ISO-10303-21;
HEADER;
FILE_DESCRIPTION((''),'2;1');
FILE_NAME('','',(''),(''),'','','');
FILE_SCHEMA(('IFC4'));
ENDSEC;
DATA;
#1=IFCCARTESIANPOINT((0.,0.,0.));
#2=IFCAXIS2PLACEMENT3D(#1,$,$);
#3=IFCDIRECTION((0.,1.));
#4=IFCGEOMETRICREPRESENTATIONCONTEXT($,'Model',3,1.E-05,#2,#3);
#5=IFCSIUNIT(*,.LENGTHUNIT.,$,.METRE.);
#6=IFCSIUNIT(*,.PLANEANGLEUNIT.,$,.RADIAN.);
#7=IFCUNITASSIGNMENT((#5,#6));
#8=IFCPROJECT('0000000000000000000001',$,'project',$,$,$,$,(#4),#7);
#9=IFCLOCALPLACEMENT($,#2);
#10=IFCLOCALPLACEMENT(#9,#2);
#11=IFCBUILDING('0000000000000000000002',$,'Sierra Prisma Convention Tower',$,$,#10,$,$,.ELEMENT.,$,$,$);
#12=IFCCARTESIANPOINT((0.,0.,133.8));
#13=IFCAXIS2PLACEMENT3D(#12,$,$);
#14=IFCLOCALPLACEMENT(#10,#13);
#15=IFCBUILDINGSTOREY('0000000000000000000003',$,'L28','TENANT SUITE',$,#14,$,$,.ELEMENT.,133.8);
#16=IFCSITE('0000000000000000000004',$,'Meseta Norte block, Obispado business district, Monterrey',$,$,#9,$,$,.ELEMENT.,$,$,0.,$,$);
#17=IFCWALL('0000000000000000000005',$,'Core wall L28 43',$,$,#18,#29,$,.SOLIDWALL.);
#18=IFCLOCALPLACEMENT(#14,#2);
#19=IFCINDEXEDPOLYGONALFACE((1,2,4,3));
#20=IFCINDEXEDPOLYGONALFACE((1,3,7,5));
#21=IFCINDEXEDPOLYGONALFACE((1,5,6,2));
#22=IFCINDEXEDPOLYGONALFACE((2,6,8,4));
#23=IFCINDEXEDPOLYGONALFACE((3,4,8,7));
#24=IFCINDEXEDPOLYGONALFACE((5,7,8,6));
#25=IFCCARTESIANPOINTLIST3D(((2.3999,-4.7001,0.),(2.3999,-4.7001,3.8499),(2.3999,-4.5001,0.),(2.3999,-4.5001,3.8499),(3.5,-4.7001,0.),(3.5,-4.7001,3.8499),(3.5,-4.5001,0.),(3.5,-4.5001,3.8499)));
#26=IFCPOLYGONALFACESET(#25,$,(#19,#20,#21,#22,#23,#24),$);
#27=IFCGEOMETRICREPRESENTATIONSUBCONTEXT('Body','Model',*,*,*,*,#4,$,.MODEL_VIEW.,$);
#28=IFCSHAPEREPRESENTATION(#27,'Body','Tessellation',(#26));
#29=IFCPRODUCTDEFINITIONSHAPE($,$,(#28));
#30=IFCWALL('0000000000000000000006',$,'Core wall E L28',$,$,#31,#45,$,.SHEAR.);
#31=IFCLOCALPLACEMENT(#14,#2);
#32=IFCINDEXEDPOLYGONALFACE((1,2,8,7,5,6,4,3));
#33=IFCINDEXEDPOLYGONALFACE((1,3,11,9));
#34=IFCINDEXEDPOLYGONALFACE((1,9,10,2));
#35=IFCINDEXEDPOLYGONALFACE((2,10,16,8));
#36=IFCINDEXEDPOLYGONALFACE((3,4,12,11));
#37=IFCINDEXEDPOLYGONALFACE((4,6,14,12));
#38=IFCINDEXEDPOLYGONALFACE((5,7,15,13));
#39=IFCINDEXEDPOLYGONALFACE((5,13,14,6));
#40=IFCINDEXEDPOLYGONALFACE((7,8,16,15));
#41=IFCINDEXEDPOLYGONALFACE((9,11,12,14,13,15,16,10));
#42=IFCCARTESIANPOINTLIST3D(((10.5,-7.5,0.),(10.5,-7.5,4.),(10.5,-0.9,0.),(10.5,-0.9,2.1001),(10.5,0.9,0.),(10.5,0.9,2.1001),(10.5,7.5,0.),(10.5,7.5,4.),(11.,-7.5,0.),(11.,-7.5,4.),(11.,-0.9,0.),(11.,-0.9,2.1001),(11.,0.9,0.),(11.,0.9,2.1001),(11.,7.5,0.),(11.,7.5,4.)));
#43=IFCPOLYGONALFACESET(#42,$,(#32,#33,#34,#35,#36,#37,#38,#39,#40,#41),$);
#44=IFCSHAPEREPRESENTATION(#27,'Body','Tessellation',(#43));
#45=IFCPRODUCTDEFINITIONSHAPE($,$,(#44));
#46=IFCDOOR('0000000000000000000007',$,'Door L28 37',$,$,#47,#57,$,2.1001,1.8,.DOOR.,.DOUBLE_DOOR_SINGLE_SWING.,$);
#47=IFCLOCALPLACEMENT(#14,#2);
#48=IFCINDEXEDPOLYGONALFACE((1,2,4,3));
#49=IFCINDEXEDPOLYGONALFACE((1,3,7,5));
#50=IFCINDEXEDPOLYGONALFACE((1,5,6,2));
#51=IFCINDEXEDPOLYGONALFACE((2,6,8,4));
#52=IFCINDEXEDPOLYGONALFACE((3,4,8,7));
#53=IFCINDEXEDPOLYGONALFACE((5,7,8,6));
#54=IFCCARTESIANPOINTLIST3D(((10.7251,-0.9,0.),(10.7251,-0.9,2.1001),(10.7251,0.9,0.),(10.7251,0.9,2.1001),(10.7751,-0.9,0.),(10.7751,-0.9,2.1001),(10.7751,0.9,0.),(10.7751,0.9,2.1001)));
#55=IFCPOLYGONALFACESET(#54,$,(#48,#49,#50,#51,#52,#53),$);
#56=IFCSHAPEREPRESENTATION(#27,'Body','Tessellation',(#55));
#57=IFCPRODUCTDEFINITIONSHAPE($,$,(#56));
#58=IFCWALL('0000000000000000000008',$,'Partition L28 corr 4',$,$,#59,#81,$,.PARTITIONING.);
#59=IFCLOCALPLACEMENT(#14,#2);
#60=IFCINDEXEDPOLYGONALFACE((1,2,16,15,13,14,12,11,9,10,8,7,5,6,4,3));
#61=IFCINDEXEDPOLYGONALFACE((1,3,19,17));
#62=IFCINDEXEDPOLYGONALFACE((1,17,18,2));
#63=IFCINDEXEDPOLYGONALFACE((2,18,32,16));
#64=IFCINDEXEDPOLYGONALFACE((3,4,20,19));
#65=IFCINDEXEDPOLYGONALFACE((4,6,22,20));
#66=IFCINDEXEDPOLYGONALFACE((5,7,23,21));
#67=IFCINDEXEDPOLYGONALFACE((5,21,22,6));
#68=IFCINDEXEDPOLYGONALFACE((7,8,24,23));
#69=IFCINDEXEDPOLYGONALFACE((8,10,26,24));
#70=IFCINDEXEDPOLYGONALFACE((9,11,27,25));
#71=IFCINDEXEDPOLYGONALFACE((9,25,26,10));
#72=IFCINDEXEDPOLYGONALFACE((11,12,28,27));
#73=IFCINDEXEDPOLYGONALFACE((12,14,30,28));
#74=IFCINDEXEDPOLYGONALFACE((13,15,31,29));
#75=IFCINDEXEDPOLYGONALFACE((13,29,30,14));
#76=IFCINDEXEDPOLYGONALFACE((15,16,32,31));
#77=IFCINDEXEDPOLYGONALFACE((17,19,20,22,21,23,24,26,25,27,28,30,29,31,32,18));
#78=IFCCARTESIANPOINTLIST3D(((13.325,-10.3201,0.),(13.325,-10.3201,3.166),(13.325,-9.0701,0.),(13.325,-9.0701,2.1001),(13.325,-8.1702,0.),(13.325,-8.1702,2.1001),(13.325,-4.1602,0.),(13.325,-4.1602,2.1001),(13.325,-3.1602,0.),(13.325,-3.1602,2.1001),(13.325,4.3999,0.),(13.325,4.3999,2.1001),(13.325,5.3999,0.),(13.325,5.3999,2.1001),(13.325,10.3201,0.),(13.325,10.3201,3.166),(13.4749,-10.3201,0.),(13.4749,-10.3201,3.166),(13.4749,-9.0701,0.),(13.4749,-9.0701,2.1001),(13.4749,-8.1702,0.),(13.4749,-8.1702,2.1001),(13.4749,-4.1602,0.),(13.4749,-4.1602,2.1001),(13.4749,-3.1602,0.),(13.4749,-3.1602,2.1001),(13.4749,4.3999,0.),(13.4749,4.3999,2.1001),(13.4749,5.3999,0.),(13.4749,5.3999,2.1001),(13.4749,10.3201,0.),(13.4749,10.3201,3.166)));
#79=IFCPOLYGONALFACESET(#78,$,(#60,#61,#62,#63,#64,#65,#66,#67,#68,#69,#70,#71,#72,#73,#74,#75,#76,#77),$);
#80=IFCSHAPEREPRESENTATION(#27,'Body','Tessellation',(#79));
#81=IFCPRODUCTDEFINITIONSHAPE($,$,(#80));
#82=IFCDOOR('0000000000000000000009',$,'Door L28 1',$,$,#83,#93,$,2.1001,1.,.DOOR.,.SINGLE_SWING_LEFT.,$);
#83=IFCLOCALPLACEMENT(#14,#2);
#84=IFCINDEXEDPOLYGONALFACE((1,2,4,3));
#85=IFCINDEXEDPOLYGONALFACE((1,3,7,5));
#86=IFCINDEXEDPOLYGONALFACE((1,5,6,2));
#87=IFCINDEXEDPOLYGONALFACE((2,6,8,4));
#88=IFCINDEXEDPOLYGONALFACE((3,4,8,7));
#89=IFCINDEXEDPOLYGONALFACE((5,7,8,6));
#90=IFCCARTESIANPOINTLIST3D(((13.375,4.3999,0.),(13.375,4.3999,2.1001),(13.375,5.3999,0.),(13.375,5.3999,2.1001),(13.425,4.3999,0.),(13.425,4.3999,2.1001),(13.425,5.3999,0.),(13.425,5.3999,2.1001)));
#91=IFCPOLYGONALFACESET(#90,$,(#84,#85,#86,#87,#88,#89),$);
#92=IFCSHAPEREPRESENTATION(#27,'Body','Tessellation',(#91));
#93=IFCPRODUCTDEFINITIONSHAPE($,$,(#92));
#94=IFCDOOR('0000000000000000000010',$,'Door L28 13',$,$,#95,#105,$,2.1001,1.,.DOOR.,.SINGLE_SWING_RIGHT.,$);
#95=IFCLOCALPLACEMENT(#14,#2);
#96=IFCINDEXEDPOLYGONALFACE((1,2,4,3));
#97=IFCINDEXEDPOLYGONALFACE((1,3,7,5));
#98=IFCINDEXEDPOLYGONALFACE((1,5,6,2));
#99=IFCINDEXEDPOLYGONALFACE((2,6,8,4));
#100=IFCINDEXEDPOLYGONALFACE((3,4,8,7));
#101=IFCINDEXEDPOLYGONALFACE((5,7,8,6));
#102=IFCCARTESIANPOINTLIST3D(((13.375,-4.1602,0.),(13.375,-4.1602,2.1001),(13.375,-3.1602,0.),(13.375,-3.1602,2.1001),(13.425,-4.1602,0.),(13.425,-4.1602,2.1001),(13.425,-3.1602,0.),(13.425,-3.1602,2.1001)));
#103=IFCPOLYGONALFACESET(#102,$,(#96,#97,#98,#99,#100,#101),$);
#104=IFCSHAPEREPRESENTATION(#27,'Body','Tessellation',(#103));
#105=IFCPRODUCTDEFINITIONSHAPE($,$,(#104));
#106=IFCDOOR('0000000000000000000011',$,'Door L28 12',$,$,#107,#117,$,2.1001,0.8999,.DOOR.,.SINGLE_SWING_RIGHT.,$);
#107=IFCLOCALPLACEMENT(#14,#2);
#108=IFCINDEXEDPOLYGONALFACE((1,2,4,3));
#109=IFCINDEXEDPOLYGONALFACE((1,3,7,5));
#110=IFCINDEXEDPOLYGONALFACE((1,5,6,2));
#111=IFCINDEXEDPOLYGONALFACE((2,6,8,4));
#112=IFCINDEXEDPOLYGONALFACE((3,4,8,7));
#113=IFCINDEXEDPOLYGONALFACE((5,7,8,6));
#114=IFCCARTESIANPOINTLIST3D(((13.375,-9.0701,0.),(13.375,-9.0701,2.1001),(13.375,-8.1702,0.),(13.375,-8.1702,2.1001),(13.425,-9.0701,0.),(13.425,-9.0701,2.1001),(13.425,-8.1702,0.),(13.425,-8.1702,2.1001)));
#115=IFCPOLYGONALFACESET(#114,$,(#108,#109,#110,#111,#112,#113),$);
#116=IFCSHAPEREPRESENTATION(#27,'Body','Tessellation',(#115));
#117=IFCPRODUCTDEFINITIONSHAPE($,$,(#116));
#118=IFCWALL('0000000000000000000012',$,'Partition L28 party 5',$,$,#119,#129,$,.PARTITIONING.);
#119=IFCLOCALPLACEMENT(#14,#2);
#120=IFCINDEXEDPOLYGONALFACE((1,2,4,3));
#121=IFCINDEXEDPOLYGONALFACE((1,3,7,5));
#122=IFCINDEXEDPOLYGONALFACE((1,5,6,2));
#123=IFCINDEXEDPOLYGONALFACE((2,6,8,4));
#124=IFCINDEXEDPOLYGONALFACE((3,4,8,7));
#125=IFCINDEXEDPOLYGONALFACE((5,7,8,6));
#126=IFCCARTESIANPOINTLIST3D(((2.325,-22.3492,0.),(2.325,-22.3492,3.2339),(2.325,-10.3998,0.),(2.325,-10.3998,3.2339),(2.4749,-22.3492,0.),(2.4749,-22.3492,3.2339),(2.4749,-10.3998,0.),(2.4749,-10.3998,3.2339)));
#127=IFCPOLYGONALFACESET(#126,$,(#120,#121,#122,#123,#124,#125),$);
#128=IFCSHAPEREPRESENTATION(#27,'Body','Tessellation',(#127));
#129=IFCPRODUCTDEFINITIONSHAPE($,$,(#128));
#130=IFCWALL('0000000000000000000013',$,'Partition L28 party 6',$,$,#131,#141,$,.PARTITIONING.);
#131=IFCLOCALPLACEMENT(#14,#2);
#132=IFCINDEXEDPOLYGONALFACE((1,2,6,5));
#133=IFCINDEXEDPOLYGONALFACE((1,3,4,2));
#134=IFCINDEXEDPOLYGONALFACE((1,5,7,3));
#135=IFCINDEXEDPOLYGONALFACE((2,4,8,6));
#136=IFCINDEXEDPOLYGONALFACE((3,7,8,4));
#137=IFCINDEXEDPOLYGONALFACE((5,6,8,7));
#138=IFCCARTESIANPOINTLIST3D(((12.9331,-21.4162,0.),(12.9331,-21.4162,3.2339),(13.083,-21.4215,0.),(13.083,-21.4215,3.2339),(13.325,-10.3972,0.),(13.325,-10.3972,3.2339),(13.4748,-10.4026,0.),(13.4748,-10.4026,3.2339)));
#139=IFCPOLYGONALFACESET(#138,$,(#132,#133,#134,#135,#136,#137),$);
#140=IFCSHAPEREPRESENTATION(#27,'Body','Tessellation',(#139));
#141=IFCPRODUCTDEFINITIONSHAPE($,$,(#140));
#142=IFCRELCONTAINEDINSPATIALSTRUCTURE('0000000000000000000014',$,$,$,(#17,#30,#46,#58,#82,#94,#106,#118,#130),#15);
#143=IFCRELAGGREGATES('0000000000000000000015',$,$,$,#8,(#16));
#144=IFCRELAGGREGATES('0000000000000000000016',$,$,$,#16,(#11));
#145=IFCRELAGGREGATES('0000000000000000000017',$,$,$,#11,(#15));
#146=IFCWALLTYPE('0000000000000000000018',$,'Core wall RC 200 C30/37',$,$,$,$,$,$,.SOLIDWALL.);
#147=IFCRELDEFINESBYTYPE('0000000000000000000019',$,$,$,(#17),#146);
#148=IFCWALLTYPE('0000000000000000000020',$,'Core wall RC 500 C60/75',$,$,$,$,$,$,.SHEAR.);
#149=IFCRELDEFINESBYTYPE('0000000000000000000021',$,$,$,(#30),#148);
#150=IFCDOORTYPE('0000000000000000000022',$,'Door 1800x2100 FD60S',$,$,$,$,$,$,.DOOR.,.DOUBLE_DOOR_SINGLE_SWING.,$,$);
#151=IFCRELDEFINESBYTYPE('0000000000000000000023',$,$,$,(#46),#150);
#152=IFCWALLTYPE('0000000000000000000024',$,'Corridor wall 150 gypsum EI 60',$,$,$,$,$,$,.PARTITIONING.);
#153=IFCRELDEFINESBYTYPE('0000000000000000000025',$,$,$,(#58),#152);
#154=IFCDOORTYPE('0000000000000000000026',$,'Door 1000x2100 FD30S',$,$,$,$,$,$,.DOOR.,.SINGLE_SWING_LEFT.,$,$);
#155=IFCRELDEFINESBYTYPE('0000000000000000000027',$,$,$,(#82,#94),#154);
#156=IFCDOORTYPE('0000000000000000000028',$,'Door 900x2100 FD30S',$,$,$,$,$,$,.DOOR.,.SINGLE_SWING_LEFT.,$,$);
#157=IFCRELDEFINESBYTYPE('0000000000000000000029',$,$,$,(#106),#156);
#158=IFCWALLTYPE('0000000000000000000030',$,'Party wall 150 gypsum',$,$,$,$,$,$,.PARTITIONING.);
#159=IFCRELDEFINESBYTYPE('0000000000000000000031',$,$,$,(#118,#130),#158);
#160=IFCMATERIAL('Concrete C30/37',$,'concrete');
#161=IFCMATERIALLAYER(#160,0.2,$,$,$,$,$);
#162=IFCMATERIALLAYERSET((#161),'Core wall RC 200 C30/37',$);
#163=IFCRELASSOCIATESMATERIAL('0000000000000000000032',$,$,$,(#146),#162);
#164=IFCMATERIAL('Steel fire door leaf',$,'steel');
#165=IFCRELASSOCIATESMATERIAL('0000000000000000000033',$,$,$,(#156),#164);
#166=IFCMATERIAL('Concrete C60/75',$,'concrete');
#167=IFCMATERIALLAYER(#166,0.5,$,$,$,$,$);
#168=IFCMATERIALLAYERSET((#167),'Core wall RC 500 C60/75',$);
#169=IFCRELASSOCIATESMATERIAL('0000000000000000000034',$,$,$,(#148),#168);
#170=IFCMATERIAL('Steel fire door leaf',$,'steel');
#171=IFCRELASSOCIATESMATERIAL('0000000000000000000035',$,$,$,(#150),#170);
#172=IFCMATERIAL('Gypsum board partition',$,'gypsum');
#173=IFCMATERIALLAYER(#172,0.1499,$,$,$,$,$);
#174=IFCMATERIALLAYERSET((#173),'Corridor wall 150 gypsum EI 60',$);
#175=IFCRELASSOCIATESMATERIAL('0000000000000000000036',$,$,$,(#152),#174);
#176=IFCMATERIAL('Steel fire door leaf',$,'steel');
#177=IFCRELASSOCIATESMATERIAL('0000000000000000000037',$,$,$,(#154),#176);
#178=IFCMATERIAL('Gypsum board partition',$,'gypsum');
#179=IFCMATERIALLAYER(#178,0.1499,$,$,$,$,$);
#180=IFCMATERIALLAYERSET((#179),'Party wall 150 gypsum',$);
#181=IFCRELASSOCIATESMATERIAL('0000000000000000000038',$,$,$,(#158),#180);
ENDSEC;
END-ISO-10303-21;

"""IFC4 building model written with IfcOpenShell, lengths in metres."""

from ifc_helpers import new_model, si_unit, direction, frame, frame_2d, origin, place, context, subcontext, project, spatial, rectangle, extrude, material, layer, layer_set, type_object, element, fill, save


model = new_model("IFC4")

# Units and contexts
model_context = context("Model", 3, precision=1e-05, world=origin(), true_north=direction((0.0, 1.0)))
body_context = subcontext(model_context, "Body", "Model", "MODEL_VIEW")
ifc_project = project(units=[si_unit("LENGTHUNIT", "METRE"), si_unit("PLANEANGLEUNIT", "RADIAN")], contexts=[model_context])

# Site, building, storey
site_placement = place(None, origin())
site = spatial("IfcSite", under=ifc_project, at=site_placement, Name="Meseta Norte block, Obispado business district, Monterrey", CompositionType="ELEMENT", RefElevation=0.0)
building_placement = place(site_placement, origin())
building = spatial("IfcBuilding", under=site, at=building_placement, Name="Sierra Prisma Convention Tower", CompositionType="ELEMENT")
storey_placement = place(building_placement, frame((0.0, 0.0, 133.8)))
storey = spatial("IfcBuildingStorey", under=building, at=storey_placement, Name="L28", Description="TENANT SUITE", CompositionType="ELEMENT", Elevation=133.8)

# Shared definitions
ifc_material_1 = material(Name="Concrete C30/37", Category="concrete")
ifc_layer_1 = layer(ifc_material_1, 0.2)
ifc_layer_set_1 = layer_set([ifc_layer_1], Name="Core wall RC 200 C30/37")
wall_type_1 = type_object("IfcWallType", Name="Core wall RC 200 C30/37", PredefinedType="SOLIDWALL", material=ifc_layer_set_1)

# Shared definitions
ifc_material_2 = material(Name="Steel fire door leaf", Category="steel")
door_type_1 = type_object("IfcDoorType", Name="Door 900x2100 FD30S", OperationType="SINGLE_SWING_LEFT", PredefinedType="DOOR", material=ifc_material_2)

# Wall
wall_1_placement = place(storey_placement, frame((3.5, -4.6001, 0.0), z_axis=(0.0, 0.0, 1.0), x_axis=(-1.0, 0.0, 0.0)))
element("IfcWall", 1, at=wall_1_placement, inside=storey, type_object=wall_type_1, Name="Core wall L28 43", PredefinedType="SOLIDWALL", context=body_context, shape_type="SweptSolid", body=[
    extrude(rectangle(XDim=1.1001, YDim=0.2, at=frame_2d((0.55, 0.0))), origin(), (0.0, 0.0, 1.0), 3.8499),
])

# Wall, opening, door
ifc_material_3 = material(Name="Concrete C60/75", Category="concrete")
ifc_layer_2 = layer(ifc_material_3, 0.5)
ifc_layer_set_2 = layer_set([ifc_layer_2], Name="Core wall RC 500 C60/75")
wall_type_2 = type_object("IfcWallType", Name="Core wall RC 500 C60/75", PredefinedType="SHEAR", material=ifc_layer_set_2)
wall_2_placement = place(storey_placement, frame((10.75, -7.5, 0.0), z_axis=(0.0, 0.0, 1.0), x_axis=(0.0, 1.0, 0.0)))
wall_2 = element("IfcWall", 2, at=wall_2_placement, inside=storey, type_object=wall_type_2, Name="Core wall E L28", PredefinedType="SHEAR", context=body_context, shape_type="SweptSolid", body=[
    extrude(rectangle(XDim=15.0, YDim=0.5, at=frame_2d((7.5, 0.0))), origin(), (0.0, 0.0, 1.0), 4.0),
])
opening_1_placement = place(wall_2_placement, frame((6.6001, 0.0, 0.0)))
opening_1 = element("IfcOpeningElement", 3, at=opening_1_placement, cuts=wall_2, PredefinedType="OPENING", context=body_context, shape_type="SweptSolid", body=[
    extrude(rectangle(XDim=1.8, YDim=2.1001, at=frame_2d((0.8999, 1.05))), frame((0.0, 0.25, 0.0), z_axis=(0.0, -1.0, 0.0), x_axis=(1.0, 0.0, 0.0)), (0.0, 0.0, 1.0), 0.5),
])
ifc_material_4 = material(Name="Steel fire door leaf", Category="steel")
door_type_2 = type_object("IfcDoorType", Name="Door 1800x2100 FD60S", OperationType="DOUBLE_DOOR_SINGLE_SWING", PredefinedType="DOOR", material=ifc_material_4)
door_1_placement = place(opening_1_placement, origin())
door_1 = element("IfcDoor", 4, at=door_1_placement, inside=storey, type_object=door_type_2, Name="Door L28 37", OperationType="DOUBLE_DOOR_SINGLE_SWING", OverallHeight=2.1001, OverallWidth=1.8, PredefinedType="DOOR", context=body_context, shape_type="SweptSolid", body=[
    extrude(rectangle(XDim=1.8, YDim=2.1001, at=frame_2d((0.8999, 1.05))), frame((0.0, 0.0249, 0.0), z_axis=(0.0, -1.0, 0.0), x_axis=(1.0, 0.0, 0.0)), (0.0, 0.0, 1.0), 0.05),
])
fill(opening_1, door_1)

# Wall, openings, doors
ifc_material_5 = material(Name="Gypsum board partition", Category="gypsum")
ifc_layer_3 = layer(ifc_material_5, 0.1499)
ifc_layer_set_3 = layer_set([ifc_layer_3], Name="Corridor wall 150 gypsum EI 60")
wall_type_3 = type_object("IfcWallType", Name="Corridor wall 150 gypsum EI 60", PredefinedType="PARTITIONING", material=ifc_layer_set_3)
wall_3_placement = place(storey_placement, frame((13.3999, -10.3201, 0.0), z_axis=(0.0, 0.0, 1.0), x_axis=(0.0, 1.0, 0.0)))
wall_3 = element("IfcWall", 5, at=wall_3_placement, inside=storey, type_object=wall_type_3, Name="Partition L28 corr 4", PredefinedType="PARTITIONING", context=body_context, shape_type="SweptSolid", body=[
    extrude(rectangle(XDim=20.6401, YDim=0.1499, at=frame_2d((10.3201, 0.0))), origin(), (0.0, 0.0, 1.0), 3.166),
])
opening_2_placement = place(wall_3_placement, frame((14.72, 0.0, 0.0)))
opening_2 = element("IfcOpeningElement", 6, at=opening_2_placement, cuts=wall_3, PredefinedType="OPENING", context=body_context, shape_type="SweptSolid", body=[
    extrude(rectangle(XDim=1.0, YDim=2.1001, at=frame_2d((0.5, 1.05))), frame((0.0, 0.075, 0.0), z_axis=(0.0, -1.0, 0.0), x_axis=(1.0, 0.0, 0.0)), (0.0, 0.0, 1.0), 0.1499),
])
opening_3_placement = place(wall_3_placement, frame((1.25, 0.0, 0.0)))
opening_3 = element("IfcOpeningElement", 7, at=opening_3_placement, cuts=wall_3, PredefinedType="OPENING", context=body_context, shape_type="SweptSolid", body=[
    extrude(rectangle(XDim=0.8999, YDim=2.1001, at=frame_2d((0.45, 1.05))), frame((0.0, 0.075, 0.0), z_axis=(0.0, -1.0, 0.0), x_axis=(1.0, 0.0, 0.0)), (0.0, 0.0, 1.0), 0.1499),
])
opening_4_placement = place(wall_3_placement, frame((6.1599, 0.0, 0.0)))
opening_4 = element("IfcOpeningElement", 8, at=opening_4_placement, cuts=wall_3, PredefinedType="OPENING", context=body_context, shape_type="SweptSolid", body=[
    extrude(rectangle(XDim=1.0, YDim=2.1001, at=frame_2d((0.5, 1.05))), frame((0.0, 0.075, 0.0), z_axis=(0.0, -1.0, 0.0), x_axis=(1.0, 0.0, 0.0)), (0.0, 0.0, 1.0), 0.1499),
])
ifc_material_6 = material(Name="Steel fire door leaf", Category="steel")
door_type_3 = type_object("IfcDoorType", Name="Door 1000x2100 FD30S", OperationType="SINGLE_SWING_LEFT", PredefinedType="DOOR", material=ifc_material_6)
door_2_placement = place(opening_2_placement, origin())
door_2 = element("IfcDoor", 9, at=door_2_placement, inside=storey, type_object=door_type_3, Name="Door L28 1", OperationType="SINGLE_SWING_LEFT", OverallHeight=2.1001, OverallWidth=1.0, PredefinedType="DOOR", context=body_context, shape_type="SweptSolid", body=[
    extrude(rectangle(XDim=1.0, YDim=2.1001, at=frame_2d((0.5, 1.05))), frame((0.0, 0.0249, 0.0), z_axis=(0.0, -1.0, 0.0), x_axis=(1.0, 0.0, 0.0)), (0.0, 0.0, 1.0), 0.05),
])
fill(opening_2, door_2)
door_3_placement = place(opening_4_placement, origin())
door_3 = element("IfcDoor", 10, at=door_3_placement, inside=storey, type_object=door_type_3, Name="Door L28 13", OperationType="SINGLE_SWING_RIGHT", OverallHeight=2.1001, OverallWidth=1.0, PredefinedType="DOOR", context=body_context, shape_type="SweptSolid", body=[
    extrude(rectangle(XDim=1.0, YDim=2.1001, at=frame_2d((0.5, 1.05))), frame((0.0, 0.0249, 0.0), z_axis=(0.0, -1.0, 0.0), x_axis=(1.0, 0.0, 0.0)), (0.0, 0.0, 1.0), 0.05),
])
fill(opening_4, door_3)
door_4_placement = place(opening_3_placement, origin())
door_4 = element("IfcDoor", 11, at=door_4_placement, inside=storey, type_object=door_type_1, Name="Door L28 12", OperationType="SINGLE_SWING_RIGHT", OverallHeight=2.1001, OverallWidth=0.8999, PredefinedType="DOOR", context=body_context, shape_type="SweptSolid", body=[
    extrude(rectangle(XDim=0.8999, YDim=2.1001, at=frame_2d((0.45, 1.05))), frame((0.0, 0.0249, 0.0), z_axis=(0.0, -1.0, 0.0), x_axis=(1.0, 0.0, 0.0)), (0.0, 0.0, 1.0), 0.05),
])
fill(opening_3, door_4)

# Walls
ifc_material_7 = material(Name="Gypsum board partition", Category="gypsum")
ifc_layer_4 = layer(ifc_material_7, 0.1499)
ifc_layer_set_4 = layer_set([ifc_layer_4], Name="Party wall 150 gypsum")
wall_type_4 = type_object("IfcWallType", Name="Party wall 150 gypsum", PredefinedType="PARTITIONING", material=ifc_layer_set_4)
wall_4_placement = place(storey_placement, frame((2.3999, -10.3999, 0.0), z_axis=(0.0, 0.0, 1.0), x_axis=(0.0, -1.0, 0.0)))
element("IfcWall", 12, at=wall_4_placement, inside=storey, type_object=wall_type_4, Name="Partition L28 party 5", PredefinedType="PARTITIONING", context=body_context, shape_type="SweptSolid", body=[
    extrude(rectangle(XDim=11.9495, YDim=0.1499, at=frame_2d((5.9746, 0.0))), origin(), (0.0, 0.0, 1.0), 3.2339),
])
wall_5_placement = place(storey_placement, frame((13.3999, -10.3999, 0.0), z_axis=(0.0, 0.0, 1.0), x_axis=(-0.035539, -0.999368, 0.0)))
element("IfcWall", 13, at=wall_5_placement, inside=storey, type_object=wall_type_4, Name="Partition L28 party 6", PredefinedType="PARTITIONING", context=body_context, shape_type="SweptSolid", body=[
    extrude(rectangle(XDim=11.0259, YDim=0.1499, at=frame_2d((5.5129, 0.0))), origin(), (0.0, 0.0, 1.0), 3.2339),
])

save(model, "model.ifc")
